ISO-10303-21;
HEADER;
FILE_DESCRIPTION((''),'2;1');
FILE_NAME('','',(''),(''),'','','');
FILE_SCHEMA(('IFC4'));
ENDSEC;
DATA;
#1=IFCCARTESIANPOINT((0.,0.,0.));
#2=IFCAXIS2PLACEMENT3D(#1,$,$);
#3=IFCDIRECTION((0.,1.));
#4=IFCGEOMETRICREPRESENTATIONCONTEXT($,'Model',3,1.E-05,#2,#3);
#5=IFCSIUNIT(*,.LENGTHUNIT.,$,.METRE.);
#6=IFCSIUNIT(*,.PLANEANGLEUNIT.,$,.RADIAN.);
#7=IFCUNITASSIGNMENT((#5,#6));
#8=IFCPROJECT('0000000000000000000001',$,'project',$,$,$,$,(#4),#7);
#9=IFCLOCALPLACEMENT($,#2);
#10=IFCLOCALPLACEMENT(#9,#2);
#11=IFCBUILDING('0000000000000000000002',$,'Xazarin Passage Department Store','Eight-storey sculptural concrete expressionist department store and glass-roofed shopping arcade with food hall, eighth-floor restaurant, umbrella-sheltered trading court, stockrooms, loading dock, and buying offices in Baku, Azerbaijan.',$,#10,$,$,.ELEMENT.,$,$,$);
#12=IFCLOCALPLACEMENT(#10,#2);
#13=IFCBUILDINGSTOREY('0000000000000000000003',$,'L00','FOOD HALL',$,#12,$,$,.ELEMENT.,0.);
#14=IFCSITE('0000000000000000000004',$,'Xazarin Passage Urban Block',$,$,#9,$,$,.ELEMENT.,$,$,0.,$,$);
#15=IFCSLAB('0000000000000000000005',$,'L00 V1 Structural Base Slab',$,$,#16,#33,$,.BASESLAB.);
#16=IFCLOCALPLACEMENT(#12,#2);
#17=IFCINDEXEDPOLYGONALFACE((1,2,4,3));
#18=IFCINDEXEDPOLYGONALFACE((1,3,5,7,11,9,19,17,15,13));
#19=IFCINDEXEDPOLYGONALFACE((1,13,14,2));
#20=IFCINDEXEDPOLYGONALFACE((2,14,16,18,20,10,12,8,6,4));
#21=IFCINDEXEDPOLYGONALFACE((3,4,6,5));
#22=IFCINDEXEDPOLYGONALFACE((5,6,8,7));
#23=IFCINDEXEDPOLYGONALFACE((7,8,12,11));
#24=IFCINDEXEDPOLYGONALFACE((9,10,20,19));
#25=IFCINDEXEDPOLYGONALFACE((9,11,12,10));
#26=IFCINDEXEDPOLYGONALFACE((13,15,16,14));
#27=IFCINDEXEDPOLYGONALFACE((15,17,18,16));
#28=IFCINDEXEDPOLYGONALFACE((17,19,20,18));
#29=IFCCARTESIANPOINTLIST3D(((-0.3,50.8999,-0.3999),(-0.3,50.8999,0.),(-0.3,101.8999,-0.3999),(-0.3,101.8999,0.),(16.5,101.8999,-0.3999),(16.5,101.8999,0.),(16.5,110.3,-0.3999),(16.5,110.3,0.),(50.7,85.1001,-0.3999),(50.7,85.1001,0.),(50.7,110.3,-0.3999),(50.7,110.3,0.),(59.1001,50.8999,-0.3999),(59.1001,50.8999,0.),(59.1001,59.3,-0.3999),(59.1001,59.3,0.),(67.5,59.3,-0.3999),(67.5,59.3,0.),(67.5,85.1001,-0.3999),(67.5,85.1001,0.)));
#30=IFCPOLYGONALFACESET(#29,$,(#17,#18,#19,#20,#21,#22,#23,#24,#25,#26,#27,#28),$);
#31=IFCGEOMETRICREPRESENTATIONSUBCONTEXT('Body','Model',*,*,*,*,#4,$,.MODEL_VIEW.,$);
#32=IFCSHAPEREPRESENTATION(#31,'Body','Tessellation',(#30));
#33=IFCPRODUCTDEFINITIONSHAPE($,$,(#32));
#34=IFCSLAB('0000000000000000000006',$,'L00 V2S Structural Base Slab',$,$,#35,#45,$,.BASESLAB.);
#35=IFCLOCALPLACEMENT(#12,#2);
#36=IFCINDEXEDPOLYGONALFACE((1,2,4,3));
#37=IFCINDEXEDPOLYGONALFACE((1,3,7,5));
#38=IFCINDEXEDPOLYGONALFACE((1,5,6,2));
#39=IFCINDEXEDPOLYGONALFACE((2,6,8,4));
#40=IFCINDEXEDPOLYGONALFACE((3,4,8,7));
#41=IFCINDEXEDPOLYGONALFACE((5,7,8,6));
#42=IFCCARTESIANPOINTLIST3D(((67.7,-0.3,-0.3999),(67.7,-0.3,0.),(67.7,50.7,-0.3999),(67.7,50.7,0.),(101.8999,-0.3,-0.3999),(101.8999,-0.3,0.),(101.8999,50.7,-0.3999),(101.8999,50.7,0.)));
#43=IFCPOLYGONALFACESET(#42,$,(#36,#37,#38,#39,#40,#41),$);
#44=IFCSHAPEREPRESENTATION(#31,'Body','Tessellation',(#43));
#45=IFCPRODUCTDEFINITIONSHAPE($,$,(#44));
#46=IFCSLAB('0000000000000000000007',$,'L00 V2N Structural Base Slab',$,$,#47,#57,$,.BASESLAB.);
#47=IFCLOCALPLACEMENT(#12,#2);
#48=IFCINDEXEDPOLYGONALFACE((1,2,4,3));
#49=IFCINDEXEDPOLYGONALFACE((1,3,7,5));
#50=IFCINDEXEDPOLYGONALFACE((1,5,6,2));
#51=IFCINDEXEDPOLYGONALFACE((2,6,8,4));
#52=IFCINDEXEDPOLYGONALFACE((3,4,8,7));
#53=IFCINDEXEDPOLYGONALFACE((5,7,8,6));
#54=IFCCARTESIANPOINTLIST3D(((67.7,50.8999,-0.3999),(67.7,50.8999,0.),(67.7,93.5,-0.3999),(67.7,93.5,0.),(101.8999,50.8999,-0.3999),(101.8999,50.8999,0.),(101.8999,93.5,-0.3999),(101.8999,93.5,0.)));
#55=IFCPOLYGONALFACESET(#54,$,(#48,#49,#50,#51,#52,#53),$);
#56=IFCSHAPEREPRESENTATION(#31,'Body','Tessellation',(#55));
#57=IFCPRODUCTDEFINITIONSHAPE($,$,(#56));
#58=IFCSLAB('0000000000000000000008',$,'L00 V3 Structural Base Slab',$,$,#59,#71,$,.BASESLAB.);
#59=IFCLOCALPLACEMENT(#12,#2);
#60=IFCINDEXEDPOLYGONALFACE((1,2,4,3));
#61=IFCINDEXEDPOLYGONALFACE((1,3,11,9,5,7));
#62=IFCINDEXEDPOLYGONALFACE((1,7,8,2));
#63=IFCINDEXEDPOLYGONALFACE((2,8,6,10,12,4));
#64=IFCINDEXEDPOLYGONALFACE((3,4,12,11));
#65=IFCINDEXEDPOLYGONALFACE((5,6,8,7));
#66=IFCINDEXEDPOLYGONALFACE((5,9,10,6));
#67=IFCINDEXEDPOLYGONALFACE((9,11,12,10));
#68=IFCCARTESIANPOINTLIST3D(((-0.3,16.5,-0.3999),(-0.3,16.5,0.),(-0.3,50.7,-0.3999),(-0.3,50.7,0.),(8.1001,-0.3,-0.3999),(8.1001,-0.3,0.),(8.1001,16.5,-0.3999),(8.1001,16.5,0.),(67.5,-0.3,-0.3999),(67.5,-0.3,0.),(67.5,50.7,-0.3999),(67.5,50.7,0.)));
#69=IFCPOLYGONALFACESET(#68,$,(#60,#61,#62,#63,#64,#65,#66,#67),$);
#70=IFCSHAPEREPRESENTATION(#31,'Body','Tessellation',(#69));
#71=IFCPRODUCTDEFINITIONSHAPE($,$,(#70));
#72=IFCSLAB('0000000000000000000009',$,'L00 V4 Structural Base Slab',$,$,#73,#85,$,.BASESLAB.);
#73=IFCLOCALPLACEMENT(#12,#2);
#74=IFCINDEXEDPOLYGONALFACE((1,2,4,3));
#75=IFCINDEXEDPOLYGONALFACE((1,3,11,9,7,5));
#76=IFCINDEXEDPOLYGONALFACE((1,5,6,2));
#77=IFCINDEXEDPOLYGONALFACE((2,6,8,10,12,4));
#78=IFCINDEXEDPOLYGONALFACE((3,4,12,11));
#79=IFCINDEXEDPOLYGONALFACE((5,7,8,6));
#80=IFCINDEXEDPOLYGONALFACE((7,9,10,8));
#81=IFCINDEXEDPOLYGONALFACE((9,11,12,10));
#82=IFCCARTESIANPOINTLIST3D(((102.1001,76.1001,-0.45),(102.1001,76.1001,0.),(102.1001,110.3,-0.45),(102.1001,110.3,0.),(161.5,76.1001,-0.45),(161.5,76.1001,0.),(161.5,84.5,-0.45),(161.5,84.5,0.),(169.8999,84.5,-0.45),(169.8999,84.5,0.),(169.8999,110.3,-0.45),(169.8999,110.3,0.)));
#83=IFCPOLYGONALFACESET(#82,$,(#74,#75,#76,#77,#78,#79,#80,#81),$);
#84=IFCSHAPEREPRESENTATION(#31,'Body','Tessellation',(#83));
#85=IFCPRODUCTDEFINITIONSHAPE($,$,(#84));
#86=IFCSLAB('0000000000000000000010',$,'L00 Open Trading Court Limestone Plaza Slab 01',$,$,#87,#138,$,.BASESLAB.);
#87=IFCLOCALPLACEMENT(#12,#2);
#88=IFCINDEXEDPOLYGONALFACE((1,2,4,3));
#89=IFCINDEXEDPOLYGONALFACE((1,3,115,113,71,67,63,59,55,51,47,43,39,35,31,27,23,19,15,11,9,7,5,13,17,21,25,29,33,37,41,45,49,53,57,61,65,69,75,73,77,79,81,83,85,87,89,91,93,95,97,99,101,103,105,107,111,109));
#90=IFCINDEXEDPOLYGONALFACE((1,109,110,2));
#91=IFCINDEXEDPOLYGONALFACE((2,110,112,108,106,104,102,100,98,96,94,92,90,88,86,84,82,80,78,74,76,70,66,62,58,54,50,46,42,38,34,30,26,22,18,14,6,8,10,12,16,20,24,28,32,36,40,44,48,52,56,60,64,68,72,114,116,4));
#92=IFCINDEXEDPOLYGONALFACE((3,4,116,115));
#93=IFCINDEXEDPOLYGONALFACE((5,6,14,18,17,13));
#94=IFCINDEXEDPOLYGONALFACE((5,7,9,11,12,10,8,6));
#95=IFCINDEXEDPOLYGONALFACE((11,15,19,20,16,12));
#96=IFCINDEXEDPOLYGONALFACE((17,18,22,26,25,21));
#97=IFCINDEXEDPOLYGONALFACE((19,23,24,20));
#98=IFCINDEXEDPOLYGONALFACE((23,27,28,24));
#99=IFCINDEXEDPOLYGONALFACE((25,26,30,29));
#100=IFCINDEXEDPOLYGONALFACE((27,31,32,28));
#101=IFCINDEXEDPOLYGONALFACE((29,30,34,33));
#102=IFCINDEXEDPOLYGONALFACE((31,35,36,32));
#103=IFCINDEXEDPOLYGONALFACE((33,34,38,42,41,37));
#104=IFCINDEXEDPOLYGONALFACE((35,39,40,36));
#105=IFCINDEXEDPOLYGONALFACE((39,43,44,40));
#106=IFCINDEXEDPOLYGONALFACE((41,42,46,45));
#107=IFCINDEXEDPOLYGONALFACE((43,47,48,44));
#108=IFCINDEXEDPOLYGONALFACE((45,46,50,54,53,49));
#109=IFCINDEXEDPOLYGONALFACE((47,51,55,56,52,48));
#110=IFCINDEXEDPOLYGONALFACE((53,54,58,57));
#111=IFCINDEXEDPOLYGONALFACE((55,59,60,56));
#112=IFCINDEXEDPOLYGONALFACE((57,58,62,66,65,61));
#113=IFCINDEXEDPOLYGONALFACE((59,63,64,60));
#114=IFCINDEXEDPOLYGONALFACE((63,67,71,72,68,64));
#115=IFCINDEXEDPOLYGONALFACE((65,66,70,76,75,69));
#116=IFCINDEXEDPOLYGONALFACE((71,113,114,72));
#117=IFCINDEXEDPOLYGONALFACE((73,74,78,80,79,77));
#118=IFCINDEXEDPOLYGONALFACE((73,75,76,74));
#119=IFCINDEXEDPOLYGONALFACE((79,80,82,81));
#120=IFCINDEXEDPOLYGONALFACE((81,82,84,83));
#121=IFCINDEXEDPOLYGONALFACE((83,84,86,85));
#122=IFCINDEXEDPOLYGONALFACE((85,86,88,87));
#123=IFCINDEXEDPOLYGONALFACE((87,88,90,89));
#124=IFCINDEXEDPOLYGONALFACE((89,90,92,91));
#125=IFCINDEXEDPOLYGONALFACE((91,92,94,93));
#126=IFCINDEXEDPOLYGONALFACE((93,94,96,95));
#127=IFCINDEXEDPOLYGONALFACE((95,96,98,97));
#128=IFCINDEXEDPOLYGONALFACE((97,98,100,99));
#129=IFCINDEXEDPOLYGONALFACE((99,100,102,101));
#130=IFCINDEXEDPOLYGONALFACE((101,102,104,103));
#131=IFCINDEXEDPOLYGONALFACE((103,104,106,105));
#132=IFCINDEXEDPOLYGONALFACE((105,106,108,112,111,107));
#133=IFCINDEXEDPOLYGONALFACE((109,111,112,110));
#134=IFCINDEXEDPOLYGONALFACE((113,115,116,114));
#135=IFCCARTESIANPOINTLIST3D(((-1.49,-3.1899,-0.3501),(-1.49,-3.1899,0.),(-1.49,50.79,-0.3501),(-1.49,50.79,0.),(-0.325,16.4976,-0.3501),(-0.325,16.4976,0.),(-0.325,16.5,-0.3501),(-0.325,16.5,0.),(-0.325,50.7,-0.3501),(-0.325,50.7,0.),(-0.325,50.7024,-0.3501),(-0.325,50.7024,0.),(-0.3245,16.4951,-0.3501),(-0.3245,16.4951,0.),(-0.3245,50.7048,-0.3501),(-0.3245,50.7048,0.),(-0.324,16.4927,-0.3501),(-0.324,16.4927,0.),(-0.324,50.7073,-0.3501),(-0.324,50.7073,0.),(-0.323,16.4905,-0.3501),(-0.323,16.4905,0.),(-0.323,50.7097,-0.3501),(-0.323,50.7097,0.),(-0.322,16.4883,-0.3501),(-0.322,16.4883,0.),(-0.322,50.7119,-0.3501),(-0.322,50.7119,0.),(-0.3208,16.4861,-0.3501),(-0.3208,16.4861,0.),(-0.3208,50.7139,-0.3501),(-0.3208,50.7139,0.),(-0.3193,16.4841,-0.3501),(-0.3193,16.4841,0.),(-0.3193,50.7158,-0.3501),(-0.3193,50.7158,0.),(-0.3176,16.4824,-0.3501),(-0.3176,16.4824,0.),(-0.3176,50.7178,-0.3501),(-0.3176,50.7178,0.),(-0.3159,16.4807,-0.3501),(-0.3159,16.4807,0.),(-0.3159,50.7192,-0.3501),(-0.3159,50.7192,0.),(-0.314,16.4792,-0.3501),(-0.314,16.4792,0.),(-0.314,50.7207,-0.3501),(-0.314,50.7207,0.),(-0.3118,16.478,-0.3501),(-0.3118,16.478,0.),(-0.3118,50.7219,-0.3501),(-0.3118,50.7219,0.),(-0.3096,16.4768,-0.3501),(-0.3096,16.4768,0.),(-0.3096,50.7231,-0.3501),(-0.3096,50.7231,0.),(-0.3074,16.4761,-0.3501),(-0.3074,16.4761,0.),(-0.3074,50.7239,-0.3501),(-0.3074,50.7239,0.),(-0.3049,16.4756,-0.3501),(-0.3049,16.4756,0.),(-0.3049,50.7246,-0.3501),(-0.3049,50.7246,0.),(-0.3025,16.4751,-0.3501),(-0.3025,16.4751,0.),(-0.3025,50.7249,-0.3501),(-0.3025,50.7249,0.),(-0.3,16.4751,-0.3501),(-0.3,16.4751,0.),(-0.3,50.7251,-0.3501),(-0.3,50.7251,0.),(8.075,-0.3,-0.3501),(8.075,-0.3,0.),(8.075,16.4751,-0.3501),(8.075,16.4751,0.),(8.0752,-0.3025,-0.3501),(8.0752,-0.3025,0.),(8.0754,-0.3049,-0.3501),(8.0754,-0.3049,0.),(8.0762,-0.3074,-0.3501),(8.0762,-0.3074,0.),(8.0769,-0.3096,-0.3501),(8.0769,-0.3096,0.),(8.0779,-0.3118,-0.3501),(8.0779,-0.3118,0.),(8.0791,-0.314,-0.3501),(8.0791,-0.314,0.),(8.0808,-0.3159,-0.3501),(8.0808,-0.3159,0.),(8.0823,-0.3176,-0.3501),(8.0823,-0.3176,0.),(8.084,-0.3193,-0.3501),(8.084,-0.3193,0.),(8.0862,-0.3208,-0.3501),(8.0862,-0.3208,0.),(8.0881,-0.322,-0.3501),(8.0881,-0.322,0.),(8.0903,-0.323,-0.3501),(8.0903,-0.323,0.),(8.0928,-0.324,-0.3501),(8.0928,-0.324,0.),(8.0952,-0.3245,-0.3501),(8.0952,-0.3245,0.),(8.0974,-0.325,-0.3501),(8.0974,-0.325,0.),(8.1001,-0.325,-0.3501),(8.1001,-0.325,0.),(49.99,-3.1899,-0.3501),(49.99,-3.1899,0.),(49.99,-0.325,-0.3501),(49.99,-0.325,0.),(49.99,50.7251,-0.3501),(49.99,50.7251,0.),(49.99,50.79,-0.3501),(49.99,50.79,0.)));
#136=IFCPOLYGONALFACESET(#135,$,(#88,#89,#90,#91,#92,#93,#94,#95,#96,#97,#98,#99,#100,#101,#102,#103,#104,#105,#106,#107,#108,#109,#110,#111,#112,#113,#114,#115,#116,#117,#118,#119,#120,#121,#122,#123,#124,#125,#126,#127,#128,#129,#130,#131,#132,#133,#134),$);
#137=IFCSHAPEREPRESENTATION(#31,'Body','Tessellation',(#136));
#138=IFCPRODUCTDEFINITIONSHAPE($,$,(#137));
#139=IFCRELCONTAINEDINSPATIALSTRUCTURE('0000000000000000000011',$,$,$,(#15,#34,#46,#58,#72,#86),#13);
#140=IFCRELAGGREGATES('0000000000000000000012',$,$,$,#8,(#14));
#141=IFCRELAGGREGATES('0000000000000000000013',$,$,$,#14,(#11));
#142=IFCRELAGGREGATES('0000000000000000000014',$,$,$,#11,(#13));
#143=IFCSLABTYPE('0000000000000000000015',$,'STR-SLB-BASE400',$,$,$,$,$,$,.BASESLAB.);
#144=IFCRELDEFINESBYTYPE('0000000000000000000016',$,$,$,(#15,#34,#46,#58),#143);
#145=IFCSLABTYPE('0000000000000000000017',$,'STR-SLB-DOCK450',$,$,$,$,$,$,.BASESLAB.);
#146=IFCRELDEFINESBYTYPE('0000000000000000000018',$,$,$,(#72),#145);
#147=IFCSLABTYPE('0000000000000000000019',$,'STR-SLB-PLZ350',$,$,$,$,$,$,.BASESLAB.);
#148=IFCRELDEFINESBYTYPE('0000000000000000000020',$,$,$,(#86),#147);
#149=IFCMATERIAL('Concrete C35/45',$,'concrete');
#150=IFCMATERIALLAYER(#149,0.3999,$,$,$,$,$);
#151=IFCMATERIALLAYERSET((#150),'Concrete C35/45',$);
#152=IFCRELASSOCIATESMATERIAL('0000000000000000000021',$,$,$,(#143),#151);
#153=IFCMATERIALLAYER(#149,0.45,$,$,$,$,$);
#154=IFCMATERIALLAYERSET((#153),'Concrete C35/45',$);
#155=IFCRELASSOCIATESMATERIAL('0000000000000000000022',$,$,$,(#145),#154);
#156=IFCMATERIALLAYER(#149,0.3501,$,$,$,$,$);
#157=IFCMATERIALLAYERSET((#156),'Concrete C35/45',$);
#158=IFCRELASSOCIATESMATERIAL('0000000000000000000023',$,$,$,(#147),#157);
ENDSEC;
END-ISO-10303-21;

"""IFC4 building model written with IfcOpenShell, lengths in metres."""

from ifc_helpers import new_model, si_unit, direction, frame, origin, place, context, subcontext, project, spatial, polyline, outline, extrude, material, layer, layer_set, type_object, element, save


model = new_model("IFC4")

# Units and contexts
model_context = context("Model", 3, precision=1e-05, world=origin(), true_north=direction((0.0, 1.0)))
body_context = subcontext(model_context, "Body", "Model", "MODEL_VIEW")
ifc_project = project(units=[si_unit("LENGTHUNIT", "METRE"), si_unit("PLANEANGLEUNIT", "RADIAN")], contexts=[model_context])

# Site, building, storey
site_placement = place(None, origin())
site = spatial("IfcSite", under=ifc_project, at=site_placement, Name="Xazarin Passage Urban Block", CompositionType="ELEMENT", RefElevation=0.0)
building_placement = place(site_placement, origin())
building = spatial("IfcBuilding", under=site, at=building_placement, Name="Xazarin Passage Department Store", Description="Eight-storey sculptural concrete expressionist department store and glass-roofed shopping arcade with food hall, eighth-floor restaurant, umbrella-sheltered trading court, stockrooms, loading dock, and buying offices in Baku, Azerbaijan.", CompositionType="ELEMENT")
storey_placement = place(building_placement, origin())
storey = spatial("IfcBuildingStorey", under=building, at=storey_placement, Name="L00", Description="FOOD HALL", CompositionType="ELEMENT", Elevation=0.0)

# Slabs
ifc_material_1 = material(Name="Concrete C35/45", Category="concrete")
ifc_layer_1 = layer(ifc_material_1, 0.3999)
ifc_layer_set_1 = layer_set([ifc_layer_1], Name="Concrete C35/45")
slab_type_1 = type_object("IfcSlabType", Name="STR-SLB-BASE400", PredefinedType="BASESLAB", material=ifc_layer_set_1)
slab_1_placement = place(storey_placement, frame((0.0, 0.0, -0.3999)))
element("IfcSlab", 1, at=slab_1_placement, inside=storey, type_object=slab_type_1, Name="L00 V1 Structural Base Slab", PredefinedType="BASESLAB", context=body_context, shape_type="SweptSolid", body=[
    extrude(outline(polyline([(67.5, 85.1001), (50.7, 85.1001), (50.7, 110.3), (16.5, 110.3), (16.5, 101.8999), (-0.3, 101.8999), (-0.3, 50.8999), (59.1001, 50.8999), (59.1001, 59.3), (67.5, 59.3), (67.5, 85.1001)])), origin(), (0.0, 0.0, 1.0), 0.3999),
])
slab_2_placement = place(storey_placement, frame((0.0, 0.0, -0.3999)))
element("IfcSlab", 2, at=slab_2_placement, inside=storey, type_object=slab_type_1, Name="L00 V2S Structural Base Slab", PredefinedType="BASESLAB", context=body_context, shape_type="SweptSolid", body=[
    extrude(outline(polyline([(101.8999, 50.7), (67.7, 50.7), (67.7, -0.3), (101.8999, -0.3), (101.8999, 50.7)])), origin(), (0.0, 0.0, 1.0), 0.3999),
])
slab_3_placement = place(storey_placement, frame((0.0, 0.0, -0.3999)))
element("IfcSlab", 3, at=slab_3_placement, inside=storey, type_object=slab_type_1, Name="L00 V2N Structural Base Slab", PredefinedType="BASESLAB", context=body_context, shape_type="SweptSolid", body=[
    extrude(outline(polyline([(101.8999, 93.5), (67.7, 93.5), (67.7, 50.8999), (101.8999, 50.8999), (101.8999, 93.5)])), origin(), (0.0, 0.0, 1.0), 0.3999),
])
slab_4_placement = place(storey_placement, frame((0.0, 0.0, -0.3999)))
element("IfcSlab", 4, at=slab_4_placement, inside=storey, type_object=slab_type_1, Name="L00 V3 Structural Base Slab", PredefinedType="BASESLAB", context=body_context, shape_type="SweptSolid", body=[
    extrude(outline(polyline([(-0.3, 16.5), (8.1001, 16.5), (8.1001, -0.3), (67.5, -0.3), (67.5, 50.7), (-0.3, 50.7), (-0.3, 16.5)])), origin(), (0.0, 0.0, 1.0), 0.3999),
])
ifc_layer_2 = layer(ifc_material_1, 0.45)
ifc_layer_set_2 = layer_set([ifc_layer_2], Name="Concrete C35/45")
slab_type_2 = type_object("IfcSlabType", Name="STR-SLB-DOCK450", PredefinedType="BASESLAB", material=ifc_layer_set_2)
slab_5_placement = place(storey_placement, frame((0.0, 0.0, -0.45)))
element("IfcSlab", 5, at=slab_5_placement, inside=storey, type_object=slab_type_2, Name="L00 V4 Structural Base Slab", PredefinedType="BASESLAB", context=body_context, shape_type="SweptSolid", body=[
    extrude(outline(polyline([(161.5, 76.1001), (161.5, 84.5), (169.8999, 84.5), (169.8999, 110.3), (102.1001, 110.3), (102.1001, 76.1001), (161.5, 76.1001)])), origin(), (0.0, 0.0, 1.0), 0.45),
])
ifc_layer_3 = layer(ifc_material_1, 0.3501)
ifc_layer_set_3 = layer_set([ifc_layer_3], Name="Concrete C35/45")
slab_type_3 = type_object("IfcSlabType", Name="STR-SLB-PLZ350", PredefinedType="BASESLAB", material=ifc_layer_set_3)
slab_6_placement = place(storey_placement, frame((0.0, 0.0, -0.3501)))
element("IfcSlab", 6, at=slab_6_placement, inside=storey, type_object=slab_type_3, Name="L00 Open Trading Court Limestone Plaza Slab 01", PredefinedType="BASESLAB", context=body_context, shape_type="SweptSolid", body=[
    extrude(outline(polyline([(-0.325, 50.7024), (-0.3245, 50.7048), (-0.324, 50.7073), (-0.323, 50.7097), (-0.322, 50.7119), (-0.3208, 50.7139), (-0.3193, 50.7158), (-0.3176, 50.7178), (-0.3159, 50.7192), (-0.314, 50.7207), (-0.3118, 50.7219), (-0.3096, 50.7231), (-0.3074, 50.7239), (-0.3049, 50.7246), (-0.3025, 50.7249), (-0.3, 50.7251), (49.99, 50.7251), (49.99, 50.79), (-1.49, 50.79), (-1.49, -3.1899), (49.99, -3.1899), (49.99, -0.325), (8.1001, -0.325), (8.0974, -0.325), (8.0952, -0.3245), (8.0928, -0.324), (8.0903, -0.323), (8.0881, -0.322), (8.0862, -0.3208), (8.084, -0.3193), (8.0823, -0.3176), (8.0808, -0.3159), (8.0791, -0.314), (8.0779, -0.3118), (8.0769, -0.3096), (8.0762, -0.3074), (8.0754, -0.3049), (8.0752, -0.3025), (8.075, -0.3), (8.075, 16.4751), (-0.3, 16.4751), (-0.3025, 16.4751), (-0.3049, 16.4756), (-0.3074, 16.4761), (-0.3096, 16.4768), (-0.3118, 16.478), (-0.314, 16.4792), (-0.3159, 16.4807), (-0.3176, 16.4824), (-0.3193, 16.4841), (-0.3208, 16.4861), (-0.322, 16.4883), (-0.323, 16.4905), (-0.324, 16.4927), (-0.3245, 16.4951), (-0.325, 16.4976), (-0.325, 16.5), (-0.325, 50.7), (-0.325, 50.7024)])), origin(), (0.0, 0.0, 1.0), 0.3501),
])

save(model, "model.ifc")
